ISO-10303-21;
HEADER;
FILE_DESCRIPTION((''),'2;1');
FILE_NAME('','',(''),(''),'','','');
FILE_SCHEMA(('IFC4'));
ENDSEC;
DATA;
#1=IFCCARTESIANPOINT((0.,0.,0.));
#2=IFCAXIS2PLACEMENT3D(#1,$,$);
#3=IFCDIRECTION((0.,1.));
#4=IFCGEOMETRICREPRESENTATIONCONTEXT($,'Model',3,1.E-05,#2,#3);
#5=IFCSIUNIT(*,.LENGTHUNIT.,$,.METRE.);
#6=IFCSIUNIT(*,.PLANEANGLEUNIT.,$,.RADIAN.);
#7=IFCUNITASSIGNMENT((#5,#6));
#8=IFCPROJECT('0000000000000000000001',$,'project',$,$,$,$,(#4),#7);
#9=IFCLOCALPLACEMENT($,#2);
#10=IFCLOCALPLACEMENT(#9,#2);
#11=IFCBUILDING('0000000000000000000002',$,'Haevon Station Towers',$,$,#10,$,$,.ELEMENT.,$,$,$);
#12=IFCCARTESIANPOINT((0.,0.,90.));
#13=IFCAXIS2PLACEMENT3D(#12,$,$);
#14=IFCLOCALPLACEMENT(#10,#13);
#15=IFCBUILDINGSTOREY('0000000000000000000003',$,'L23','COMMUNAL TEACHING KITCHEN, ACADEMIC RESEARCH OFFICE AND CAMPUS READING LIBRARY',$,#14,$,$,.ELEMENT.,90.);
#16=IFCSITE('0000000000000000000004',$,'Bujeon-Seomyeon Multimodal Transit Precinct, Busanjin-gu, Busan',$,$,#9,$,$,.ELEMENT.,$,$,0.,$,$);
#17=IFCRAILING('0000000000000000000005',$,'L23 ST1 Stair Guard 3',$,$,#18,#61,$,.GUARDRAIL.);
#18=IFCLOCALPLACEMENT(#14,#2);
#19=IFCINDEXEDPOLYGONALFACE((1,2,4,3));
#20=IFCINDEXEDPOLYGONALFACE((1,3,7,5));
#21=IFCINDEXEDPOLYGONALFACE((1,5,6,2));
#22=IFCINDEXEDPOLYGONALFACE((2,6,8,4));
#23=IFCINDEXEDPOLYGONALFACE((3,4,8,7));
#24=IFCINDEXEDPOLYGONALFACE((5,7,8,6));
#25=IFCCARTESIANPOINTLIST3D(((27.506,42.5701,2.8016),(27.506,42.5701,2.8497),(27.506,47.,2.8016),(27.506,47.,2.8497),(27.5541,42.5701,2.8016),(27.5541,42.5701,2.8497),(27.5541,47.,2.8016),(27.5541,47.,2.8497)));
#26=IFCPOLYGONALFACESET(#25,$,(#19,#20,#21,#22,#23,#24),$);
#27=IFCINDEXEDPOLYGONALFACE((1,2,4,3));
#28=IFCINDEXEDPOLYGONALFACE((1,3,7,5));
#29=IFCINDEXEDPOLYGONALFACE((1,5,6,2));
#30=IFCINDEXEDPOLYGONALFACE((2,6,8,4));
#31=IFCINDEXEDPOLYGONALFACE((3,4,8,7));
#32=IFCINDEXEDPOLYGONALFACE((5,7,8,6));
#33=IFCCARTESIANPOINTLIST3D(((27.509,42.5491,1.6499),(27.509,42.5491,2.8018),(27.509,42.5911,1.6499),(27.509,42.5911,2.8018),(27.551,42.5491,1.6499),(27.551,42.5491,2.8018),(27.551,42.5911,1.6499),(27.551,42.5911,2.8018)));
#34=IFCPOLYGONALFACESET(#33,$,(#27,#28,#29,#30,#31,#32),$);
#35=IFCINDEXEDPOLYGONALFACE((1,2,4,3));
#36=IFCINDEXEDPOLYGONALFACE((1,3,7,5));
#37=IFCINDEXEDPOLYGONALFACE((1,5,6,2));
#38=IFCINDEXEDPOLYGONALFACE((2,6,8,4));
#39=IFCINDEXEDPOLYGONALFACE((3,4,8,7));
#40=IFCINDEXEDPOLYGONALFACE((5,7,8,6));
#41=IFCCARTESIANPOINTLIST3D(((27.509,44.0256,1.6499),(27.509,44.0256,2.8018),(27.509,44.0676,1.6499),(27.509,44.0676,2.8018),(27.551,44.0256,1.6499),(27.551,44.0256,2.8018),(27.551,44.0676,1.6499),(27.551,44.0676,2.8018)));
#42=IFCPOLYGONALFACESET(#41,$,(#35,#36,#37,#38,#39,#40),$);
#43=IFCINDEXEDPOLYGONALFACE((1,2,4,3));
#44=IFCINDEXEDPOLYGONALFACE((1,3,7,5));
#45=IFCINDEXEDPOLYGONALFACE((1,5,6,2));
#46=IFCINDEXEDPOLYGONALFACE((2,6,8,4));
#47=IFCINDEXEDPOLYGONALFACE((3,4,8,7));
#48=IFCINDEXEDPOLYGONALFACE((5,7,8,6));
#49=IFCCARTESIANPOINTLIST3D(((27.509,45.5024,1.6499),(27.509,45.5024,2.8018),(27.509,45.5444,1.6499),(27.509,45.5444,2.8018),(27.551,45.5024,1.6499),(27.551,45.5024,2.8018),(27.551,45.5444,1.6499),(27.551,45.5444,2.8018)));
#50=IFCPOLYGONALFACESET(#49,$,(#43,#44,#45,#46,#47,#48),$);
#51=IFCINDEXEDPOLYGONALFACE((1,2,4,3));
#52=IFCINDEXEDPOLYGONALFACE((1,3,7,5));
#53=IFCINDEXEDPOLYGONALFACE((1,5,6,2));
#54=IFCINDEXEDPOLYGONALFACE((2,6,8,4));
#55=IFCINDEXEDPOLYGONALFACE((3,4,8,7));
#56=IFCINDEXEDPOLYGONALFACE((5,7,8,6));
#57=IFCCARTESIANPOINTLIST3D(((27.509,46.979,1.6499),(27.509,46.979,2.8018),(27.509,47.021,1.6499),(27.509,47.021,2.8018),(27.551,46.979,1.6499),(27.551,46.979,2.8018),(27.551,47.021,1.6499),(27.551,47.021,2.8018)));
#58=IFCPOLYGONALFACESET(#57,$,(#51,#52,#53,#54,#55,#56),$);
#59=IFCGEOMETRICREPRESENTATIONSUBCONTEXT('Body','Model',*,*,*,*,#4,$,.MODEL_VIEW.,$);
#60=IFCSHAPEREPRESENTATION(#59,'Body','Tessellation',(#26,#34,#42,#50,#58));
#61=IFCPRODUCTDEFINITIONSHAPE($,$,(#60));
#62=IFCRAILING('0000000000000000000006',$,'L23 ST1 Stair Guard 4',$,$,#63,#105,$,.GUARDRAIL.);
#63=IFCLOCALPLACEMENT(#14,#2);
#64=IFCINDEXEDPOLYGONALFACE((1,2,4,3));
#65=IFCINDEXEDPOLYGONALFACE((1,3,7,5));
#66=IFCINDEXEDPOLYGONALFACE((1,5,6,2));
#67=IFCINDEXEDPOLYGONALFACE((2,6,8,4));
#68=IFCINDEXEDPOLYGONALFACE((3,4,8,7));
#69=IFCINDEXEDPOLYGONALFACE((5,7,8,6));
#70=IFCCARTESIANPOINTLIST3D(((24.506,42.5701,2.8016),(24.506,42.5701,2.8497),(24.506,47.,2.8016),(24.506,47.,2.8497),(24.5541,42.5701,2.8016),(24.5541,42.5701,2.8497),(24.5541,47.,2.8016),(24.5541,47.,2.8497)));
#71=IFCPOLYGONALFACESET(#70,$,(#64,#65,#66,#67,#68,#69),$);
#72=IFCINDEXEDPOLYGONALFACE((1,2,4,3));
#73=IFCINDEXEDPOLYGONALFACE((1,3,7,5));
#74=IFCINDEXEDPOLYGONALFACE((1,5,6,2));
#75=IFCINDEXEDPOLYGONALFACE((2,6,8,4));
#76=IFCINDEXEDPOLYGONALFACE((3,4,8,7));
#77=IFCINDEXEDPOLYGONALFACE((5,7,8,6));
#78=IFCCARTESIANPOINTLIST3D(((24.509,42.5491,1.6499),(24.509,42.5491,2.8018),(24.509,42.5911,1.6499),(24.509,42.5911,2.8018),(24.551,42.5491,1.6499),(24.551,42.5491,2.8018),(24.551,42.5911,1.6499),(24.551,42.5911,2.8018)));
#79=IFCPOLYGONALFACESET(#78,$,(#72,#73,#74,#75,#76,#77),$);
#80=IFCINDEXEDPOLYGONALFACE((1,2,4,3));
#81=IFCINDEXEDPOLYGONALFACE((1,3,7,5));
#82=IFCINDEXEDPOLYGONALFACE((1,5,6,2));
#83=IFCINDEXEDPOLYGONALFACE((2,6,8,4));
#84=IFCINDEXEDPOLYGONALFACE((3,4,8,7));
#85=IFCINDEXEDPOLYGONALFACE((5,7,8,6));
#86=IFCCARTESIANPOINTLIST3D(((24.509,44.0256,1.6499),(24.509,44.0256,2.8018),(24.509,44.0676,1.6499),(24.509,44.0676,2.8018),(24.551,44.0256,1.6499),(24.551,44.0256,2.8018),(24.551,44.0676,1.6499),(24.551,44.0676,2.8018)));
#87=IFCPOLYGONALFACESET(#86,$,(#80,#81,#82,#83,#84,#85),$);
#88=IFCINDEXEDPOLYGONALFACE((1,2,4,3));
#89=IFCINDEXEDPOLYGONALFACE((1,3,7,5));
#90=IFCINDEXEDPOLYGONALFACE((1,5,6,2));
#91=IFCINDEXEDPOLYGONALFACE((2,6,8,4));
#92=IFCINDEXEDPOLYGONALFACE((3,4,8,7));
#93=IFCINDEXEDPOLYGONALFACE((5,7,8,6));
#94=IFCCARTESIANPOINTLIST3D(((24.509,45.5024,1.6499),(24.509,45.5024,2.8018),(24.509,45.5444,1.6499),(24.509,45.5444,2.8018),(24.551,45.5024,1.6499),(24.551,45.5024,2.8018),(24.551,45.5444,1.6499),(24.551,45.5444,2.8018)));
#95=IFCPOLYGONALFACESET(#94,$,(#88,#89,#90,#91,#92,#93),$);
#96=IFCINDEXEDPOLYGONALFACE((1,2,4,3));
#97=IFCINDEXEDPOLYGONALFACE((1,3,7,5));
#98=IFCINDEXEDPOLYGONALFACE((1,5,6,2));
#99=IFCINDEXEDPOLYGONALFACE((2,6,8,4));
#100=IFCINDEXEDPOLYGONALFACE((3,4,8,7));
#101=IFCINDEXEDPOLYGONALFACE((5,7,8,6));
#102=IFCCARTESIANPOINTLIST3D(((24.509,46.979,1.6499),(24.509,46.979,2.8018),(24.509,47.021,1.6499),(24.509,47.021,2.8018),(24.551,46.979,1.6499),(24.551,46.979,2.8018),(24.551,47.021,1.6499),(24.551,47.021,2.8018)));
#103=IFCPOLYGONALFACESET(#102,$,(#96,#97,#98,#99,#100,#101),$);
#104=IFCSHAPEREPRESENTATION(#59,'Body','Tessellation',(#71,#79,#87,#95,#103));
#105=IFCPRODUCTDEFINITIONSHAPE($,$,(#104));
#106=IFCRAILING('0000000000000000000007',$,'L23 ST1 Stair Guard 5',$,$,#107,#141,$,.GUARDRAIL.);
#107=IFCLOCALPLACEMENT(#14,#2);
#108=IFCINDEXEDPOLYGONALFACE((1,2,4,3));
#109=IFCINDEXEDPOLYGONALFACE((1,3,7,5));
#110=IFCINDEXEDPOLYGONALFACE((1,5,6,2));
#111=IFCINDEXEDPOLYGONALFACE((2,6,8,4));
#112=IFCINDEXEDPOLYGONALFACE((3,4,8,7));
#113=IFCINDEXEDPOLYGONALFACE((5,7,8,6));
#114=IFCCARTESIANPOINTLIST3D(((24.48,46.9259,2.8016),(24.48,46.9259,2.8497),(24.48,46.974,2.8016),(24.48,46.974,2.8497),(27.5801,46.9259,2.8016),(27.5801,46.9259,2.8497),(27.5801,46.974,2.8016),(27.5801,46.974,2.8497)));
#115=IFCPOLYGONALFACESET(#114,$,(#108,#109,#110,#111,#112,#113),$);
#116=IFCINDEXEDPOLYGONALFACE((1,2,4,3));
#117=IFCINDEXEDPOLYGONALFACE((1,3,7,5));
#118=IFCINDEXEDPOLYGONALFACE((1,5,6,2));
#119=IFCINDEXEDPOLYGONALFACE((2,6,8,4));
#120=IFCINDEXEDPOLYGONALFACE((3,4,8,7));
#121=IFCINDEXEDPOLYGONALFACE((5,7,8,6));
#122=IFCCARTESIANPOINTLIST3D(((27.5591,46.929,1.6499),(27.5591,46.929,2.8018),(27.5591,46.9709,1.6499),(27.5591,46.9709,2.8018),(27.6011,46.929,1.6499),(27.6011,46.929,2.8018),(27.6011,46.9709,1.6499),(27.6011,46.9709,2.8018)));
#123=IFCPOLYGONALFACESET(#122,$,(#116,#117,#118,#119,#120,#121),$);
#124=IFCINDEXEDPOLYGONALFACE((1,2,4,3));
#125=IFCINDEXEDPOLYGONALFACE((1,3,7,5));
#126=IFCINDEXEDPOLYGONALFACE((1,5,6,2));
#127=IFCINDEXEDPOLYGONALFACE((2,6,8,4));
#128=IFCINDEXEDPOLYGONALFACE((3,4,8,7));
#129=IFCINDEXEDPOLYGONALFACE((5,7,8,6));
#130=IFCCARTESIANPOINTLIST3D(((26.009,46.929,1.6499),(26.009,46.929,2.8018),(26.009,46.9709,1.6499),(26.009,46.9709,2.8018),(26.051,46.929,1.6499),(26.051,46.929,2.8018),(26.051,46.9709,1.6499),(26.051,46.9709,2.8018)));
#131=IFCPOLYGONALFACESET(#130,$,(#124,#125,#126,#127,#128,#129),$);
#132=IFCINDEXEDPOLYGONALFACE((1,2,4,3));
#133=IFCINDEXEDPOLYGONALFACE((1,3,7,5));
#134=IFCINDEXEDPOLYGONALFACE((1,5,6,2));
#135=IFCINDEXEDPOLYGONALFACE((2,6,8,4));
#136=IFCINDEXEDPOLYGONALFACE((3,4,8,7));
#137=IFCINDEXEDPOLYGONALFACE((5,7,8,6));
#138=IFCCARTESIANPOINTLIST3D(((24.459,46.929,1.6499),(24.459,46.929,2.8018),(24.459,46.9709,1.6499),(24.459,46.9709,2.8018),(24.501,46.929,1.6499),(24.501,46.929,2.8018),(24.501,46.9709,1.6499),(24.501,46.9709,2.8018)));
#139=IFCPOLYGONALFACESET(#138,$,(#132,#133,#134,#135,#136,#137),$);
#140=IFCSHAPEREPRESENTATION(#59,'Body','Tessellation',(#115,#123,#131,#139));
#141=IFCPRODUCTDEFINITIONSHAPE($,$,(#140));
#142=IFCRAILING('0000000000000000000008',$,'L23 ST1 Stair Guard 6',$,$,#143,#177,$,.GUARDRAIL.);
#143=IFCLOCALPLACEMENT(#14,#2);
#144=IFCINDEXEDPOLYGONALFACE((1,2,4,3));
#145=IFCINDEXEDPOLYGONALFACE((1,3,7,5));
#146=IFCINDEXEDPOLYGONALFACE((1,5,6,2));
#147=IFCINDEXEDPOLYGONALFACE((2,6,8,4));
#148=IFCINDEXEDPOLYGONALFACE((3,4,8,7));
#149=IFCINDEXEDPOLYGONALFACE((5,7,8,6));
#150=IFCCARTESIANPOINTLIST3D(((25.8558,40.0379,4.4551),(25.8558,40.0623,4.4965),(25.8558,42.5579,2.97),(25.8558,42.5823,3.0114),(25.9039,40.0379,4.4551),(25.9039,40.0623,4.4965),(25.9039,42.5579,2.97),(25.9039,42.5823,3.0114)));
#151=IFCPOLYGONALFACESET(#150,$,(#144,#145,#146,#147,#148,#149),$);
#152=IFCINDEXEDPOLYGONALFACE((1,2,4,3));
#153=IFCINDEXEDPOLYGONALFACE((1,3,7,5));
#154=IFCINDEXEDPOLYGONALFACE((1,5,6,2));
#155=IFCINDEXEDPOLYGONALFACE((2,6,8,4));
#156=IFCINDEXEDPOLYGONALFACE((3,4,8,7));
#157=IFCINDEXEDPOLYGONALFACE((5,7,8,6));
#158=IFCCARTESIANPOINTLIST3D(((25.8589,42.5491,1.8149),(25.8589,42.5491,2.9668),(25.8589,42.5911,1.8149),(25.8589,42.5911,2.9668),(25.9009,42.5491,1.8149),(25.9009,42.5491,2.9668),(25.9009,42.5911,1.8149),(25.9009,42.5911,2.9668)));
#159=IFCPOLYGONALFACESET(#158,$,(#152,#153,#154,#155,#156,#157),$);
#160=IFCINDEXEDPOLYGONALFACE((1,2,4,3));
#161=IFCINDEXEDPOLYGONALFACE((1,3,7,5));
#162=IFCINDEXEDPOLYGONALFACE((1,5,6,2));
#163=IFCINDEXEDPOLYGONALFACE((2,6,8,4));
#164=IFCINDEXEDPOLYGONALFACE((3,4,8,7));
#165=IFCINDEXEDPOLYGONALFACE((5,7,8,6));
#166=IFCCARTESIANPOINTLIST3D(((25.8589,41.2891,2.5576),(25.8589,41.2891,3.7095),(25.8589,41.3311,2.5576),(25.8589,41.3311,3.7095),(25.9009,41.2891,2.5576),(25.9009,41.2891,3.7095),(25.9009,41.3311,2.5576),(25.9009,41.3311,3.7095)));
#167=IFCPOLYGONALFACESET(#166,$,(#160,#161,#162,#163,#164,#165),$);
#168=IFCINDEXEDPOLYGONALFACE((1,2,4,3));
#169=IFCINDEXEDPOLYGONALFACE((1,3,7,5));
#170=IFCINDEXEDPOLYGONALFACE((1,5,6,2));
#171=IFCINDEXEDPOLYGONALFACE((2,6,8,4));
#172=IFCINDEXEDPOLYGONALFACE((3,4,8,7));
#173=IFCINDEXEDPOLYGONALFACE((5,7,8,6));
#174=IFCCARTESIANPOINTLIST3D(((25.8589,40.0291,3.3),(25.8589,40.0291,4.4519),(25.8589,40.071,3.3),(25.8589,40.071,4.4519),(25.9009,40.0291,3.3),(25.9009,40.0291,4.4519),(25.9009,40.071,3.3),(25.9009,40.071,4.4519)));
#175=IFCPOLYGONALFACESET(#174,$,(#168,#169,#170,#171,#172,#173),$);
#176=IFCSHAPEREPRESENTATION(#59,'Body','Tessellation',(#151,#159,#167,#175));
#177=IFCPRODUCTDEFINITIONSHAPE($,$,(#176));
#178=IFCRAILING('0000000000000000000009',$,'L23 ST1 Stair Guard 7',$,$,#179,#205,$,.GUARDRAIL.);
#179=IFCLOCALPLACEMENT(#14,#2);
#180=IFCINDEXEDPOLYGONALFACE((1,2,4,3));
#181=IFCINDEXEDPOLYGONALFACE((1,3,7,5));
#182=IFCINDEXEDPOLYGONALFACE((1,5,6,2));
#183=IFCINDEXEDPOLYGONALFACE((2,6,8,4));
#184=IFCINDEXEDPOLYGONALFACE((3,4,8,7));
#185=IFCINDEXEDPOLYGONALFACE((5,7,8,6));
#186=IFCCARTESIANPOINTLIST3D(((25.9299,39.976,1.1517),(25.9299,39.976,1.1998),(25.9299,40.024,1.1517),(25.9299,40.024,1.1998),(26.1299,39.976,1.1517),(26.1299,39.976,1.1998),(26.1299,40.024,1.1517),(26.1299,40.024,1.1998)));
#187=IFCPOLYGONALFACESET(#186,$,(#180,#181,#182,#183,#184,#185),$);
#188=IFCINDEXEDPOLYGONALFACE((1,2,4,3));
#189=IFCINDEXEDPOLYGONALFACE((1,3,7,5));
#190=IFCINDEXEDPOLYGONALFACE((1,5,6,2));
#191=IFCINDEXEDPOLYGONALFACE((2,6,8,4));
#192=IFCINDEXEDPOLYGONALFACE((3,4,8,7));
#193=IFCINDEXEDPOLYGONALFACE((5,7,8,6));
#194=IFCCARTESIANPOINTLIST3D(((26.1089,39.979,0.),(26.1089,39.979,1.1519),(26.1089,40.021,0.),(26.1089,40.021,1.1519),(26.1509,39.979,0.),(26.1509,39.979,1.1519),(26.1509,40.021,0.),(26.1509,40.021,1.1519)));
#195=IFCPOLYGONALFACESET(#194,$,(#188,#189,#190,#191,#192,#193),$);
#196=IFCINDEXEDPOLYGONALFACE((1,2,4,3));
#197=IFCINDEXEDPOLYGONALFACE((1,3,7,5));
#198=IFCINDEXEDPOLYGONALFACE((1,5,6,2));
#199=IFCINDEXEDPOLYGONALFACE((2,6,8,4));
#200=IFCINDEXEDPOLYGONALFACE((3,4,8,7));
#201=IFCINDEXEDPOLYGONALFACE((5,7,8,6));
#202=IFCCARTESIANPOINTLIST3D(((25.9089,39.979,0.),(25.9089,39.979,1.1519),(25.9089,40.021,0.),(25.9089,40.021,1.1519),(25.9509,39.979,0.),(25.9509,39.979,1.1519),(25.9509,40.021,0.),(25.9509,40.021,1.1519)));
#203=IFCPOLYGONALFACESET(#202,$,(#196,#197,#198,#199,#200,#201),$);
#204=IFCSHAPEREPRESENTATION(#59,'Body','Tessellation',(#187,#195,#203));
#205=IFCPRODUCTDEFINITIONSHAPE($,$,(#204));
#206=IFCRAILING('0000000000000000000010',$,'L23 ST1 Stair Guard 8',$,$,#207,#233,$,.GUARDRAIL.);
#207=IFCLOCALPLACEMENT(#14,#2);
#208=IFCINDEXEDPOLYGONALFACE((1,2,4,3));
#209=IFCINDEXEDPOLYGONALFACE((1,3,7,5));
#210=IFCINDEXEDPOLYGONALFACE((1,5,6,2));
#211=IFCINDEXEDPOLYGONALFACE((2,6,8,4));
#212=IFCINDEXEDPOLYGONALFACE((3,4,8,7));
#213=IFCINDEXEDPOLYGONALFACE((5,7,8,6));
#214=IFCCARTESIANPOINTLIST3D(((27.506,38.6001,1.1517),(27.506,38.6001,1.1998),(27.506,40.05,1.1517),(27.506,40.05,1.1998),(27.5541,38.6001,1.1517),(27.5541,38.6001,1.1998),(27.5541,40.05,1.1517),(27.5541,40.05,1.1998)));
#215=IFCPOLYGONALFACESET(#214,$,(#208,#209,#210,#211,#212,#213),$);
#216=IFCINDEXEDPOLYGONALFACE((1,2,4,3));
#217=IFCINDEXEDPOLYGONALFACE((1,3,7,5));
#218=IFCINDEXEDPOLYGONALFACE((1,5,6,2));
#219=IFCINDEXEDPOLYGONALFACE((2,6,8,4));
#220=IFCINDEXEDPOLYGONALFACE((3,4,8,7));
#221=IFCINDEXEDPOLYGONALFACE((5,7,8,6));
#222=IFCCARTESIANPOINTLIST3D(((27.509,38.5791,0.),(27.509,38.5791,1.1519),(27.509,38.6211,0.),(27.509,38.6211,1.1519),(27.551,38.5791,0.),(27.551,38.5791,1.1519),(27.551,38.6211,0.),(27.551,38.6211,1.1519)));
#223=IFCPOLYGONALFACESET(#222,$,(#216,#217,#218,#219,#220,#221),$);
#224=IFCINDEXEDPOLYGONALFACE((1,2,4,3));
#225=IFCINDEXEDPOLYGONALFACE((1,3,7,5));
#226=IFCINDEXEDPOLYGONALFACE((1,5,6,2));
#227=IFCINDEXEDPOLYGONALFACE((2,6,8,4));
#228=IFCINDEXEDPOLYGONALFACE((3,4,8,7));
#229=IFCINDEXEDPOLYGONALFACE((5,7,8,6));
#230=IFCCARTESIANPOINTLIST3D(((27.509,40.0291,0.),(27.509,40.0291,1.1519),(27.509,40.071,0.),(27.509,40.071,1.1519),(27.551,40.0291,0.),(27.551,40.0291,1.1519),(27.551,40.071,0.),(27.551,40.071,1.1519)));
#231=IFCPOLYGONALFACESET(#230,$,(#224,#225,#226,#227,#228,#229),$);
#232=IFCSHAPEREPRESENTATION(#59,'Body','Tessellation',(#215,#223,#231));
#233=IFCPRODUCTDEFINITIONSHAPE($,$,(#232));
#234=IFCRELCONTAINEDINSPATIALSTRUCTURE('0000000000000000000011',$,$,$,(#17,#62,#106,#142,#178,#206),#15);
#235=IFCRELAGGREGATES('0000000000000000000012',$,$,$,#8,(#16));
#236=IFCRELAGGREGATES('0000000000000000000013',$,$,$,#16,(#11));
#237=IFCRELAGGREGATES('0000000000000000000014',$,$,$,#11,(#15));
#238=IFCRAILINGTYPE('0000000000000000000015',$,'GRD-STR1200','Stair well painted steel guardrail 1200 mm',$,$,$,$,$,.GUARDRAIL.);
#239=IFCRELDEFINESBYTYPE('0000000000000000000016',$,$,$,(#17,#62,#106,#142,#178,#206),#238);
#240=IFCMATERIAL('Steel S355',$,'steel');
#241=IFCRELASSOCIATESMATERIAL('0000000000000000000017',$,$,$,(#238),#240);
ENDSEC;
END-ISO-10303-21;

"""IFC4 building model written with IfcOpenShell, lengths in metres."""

from ifc_helpers import new_model, si_unit, direction, frame, origin, origin_2d, place, context, subcontext, project, spatial, rectangle, extrude, material, type_object, element, save


model = new_model("IFC4")

# Units and contexts
model_context = context("Model", 3, precision=1e-05, world=origin(), true_north=direction((0.0, 1.0)))
body_context = subcontext(model_context, "Body", "Model", "MODEL_VIEW")
ifc_project = project(units=[si_unit("LENGTHUNIT", "METRE"), si_unit("PLANEANGLEUNIT", "RADIAN")], contexts=[model_context])

# Site, building, storey
site_placement = place(None, origin())
site = spatial("IfcSite", under=ifc_project, at=site_placement, Name="Bujeon-Seomyeon Multimodal Transit Precinct, Busanjin-gu, Busan", CompositionType="ELEMENT", RefElevation=0.0)
building_placement = place(site_placement, origin())
building = spatial("IfcBuilding", under=site, at=building_placement, Name="Haevon Station Towers", CompositionType="ELEMENT")
storey_placement = place(building_placement, frame((0.0, 0.0, 90.0)))
storey = spatial("IfcBuildingStorey", under=building, at=storey_placement, Name="L23", Description="COMMUNAL TEACHING KITCHEN, ACADEMIC RESEARCH OFFICE AND CAMPUS READING LIBRARY", CompositionType="ELEMENT", Elevation=90.0)

# Shared definitions
ifc_material_1 = material(Name="Steel S355", Category="steel")

# Railings
railing_type_1 = type_object("IfcRailingType", Name="GRD-STR1200", Description="Stair well painted steel guardrail 1200 mm", PredefinedType="GUARDRAIL", material=ifc_material_1)
for number, where, name in (
    (1, (27.53, 42.5701, 1.6499), "L23 ST1 Stair Guard 3"),
    (2, (24.53, 42.5701, 1.6499), "L23 ST1 Stair Guard 4"),
):
    element("IfcRailing", number, at=place(storey_placement, frame(where)), inside=storey, type_object=railing_type_1, Name=name, PredefinedType="GUARDRAIL", context=body_context, shape_type="SweptSolid", body=[
        extrude(rectangle(XDim=0.0481, YDim=0.0481, at=origin_2d()), frame((0.0, 0.0, 1.1758), z_axis=(0.0, 1.0, 0.0), x_axis=(-1.0, 0.0, 0.0)), (0.0, 0.0, 1.0), 4.4299),
        extrude(rectangle(XDim=0.042, YDim=0.042, at=origin_2d()), origin(), (0.0, 0.0, 1.0), 1.1519),
        extrude(rectangle(XDim=0.042, YDim=0.042, at=origin_2d()), frame((0.0, 1.4766, 0.0)), (0.0, 0.0, 1.0), 1.1519),
        extrude(rectangle(XDim=0.042, YDim=0.042, at=origin_2d()), frame((0.0, 2.9534, 0.0)), (0.0, 0.0, 1.0), 1.1519),
        extrude(rectangle(XDim=0.042, YDim=0.042, at=origin_2d()), frame((0.0, 4.4299, 0.0)), (0.0, 0.0, 1.0), 1.1519),
    ])
railing_1_placement = place(storey_placement, frame((27.5801, 46.95, 1.6499)))
element("IfcRailing", 3, at=railing_1_placement, inside=storey, type_object=railing_type_1, Name="L23 ST1 Stair Guard 5", PredefinedType="GUARDRAIL", context=body_context, shape_type="SweptSolid", body=[
    extrude(rectangle(XDim=0.0481, YDim=0.0481, at=origin_2d()), frame((0.0, 0.0, 1.1758), z_axis=(-1.0, 0.0, 0.0), x_axis=(0.0, -1.0, 0.0)), (0.0, 0.0, 1.0), 3.1001),
    extrude(rectangle(XDim=0.042, YDim=0.042, at=origin_2d()), origin(), (0.0, 0.0, 1.0), 1.1519),
    extrude(rectangle(XDim=0.042, YDim=0.042, at=origin_2d()), frame((-1.55, 0.0, 0.0)), (0.0, 0.0, 1.0), 1.1519),
    extrude(rectangle(XDim=0.042, YDim=0.042, at=origin_2d()), frame((-3.1001, 0.0, 0.0)), (0.0, 0.0, 1.0), 1.1519),
])
railing_2_placement = place(storey_placement, frame((25.8799, 42.5701, 1.8149)))
element("IfcRailing", 4, at=railing_2_placement, inside=storey, type_object=railing_type_1, Name="L23 ST1 Stair Guard 6", PredefinedType="GUARDRAIL", context=body_context, shape_type="SweptSolid", body=[
    extrude(rectangle(XDim=0.0481, YDim=0.0481, at=origin_2d()), frame((0.0, 0.0, 1.1758), z_axis=(0.0, -0.861524, 0.507717), x_axis=(1.0, 0.0, 0.0)), (0.0, 0.0, 1.0), 2.925),
    extrude(rectangle(XDim=0.042, YDim=0.042, at=origin_2d()), origin(), (0.0, 0.0, 1.0), 1.1519),
    extrude(rectangle(XDim=0.042, YDim=0.042, at=origin_2d()), frame((0.0, -1.26, 0.7427)), (0.0, 0.0, 1.0), 1.1519),
    extrude(rectangle(XDim=0.042, YDim=0.042, at=origin_2d()), frame((0.0, -2.52, 1.4851)), (0.0, 0.0, 1.0), 1.1519),
])
railing_3_placement = place(storey_placement, frame((26.1299, 40.0, 0.0)))
element("IfcRailing", 5, at=railing_3_placement, inside=storey, type_object=railing_type_1, Name="L23 ST1 Stair Guard 7", PredefinedType="GUARDRAIL", context=body_context, shape_type="SweptSolid", body=[
    extrude(rectangle(XDim=0.0481, YDim=0.0481, at=origin_2d()), frame((0.0, 0.0, 1.1758), z_axis=(-1.0, 0.0, 0.0), x_axis=(0.0, -1.0, 0.0)), (0.0, 0.0, 1.0), 0.2),
    extrude(rectangle(XDim=0.042, YDim=0.042, at=origin_2d()), origin(), (0.0, 0.0, 1.0), 1.1519),
    extrude(rectangle(XDim=0.042, YDim=0.042, at=origin_2d()), frame((-0.2, 0.0, 0.0)), (0.0, 0.0, 1.0), 1.1519),
])
railing_4_placement = place(storey_placement, frame((27.53, 38.6001, 0.0)))
element("IfcRailing", 6, at=railing_4_placement, inside=storey, type_object=railing_type_1, Name="L23 ST1 Stair Guard 8", PredefinedType="GUARDRAIL", context=body_context, shape_type="SweptSolid", body=[
    extrude(rectangle(XDim=0.0481, YDim=0.0481, at=origin_2d()), frame((0.0, 0.0, 1.1758), z_axis=(0.0, 1.0, 0.0), x_axis=(-1.0, 0.0, 0.0)), (0.0, 0.0, 1.0), 1.45),
    extrude(rectangle(XDim=0.042, YDim=0.042, at=origin_2d()), origin(), (0.0, 0.0, 1.0), 1.1519),
    extrude(rectangle(XDim=0.042, YDim=0.042, at=origin_2d()), frame((0.0, 1.45, 0.0)), (0.0, 0.0, 1.0), 1.1519),
])

save(model, "model.ifc")
